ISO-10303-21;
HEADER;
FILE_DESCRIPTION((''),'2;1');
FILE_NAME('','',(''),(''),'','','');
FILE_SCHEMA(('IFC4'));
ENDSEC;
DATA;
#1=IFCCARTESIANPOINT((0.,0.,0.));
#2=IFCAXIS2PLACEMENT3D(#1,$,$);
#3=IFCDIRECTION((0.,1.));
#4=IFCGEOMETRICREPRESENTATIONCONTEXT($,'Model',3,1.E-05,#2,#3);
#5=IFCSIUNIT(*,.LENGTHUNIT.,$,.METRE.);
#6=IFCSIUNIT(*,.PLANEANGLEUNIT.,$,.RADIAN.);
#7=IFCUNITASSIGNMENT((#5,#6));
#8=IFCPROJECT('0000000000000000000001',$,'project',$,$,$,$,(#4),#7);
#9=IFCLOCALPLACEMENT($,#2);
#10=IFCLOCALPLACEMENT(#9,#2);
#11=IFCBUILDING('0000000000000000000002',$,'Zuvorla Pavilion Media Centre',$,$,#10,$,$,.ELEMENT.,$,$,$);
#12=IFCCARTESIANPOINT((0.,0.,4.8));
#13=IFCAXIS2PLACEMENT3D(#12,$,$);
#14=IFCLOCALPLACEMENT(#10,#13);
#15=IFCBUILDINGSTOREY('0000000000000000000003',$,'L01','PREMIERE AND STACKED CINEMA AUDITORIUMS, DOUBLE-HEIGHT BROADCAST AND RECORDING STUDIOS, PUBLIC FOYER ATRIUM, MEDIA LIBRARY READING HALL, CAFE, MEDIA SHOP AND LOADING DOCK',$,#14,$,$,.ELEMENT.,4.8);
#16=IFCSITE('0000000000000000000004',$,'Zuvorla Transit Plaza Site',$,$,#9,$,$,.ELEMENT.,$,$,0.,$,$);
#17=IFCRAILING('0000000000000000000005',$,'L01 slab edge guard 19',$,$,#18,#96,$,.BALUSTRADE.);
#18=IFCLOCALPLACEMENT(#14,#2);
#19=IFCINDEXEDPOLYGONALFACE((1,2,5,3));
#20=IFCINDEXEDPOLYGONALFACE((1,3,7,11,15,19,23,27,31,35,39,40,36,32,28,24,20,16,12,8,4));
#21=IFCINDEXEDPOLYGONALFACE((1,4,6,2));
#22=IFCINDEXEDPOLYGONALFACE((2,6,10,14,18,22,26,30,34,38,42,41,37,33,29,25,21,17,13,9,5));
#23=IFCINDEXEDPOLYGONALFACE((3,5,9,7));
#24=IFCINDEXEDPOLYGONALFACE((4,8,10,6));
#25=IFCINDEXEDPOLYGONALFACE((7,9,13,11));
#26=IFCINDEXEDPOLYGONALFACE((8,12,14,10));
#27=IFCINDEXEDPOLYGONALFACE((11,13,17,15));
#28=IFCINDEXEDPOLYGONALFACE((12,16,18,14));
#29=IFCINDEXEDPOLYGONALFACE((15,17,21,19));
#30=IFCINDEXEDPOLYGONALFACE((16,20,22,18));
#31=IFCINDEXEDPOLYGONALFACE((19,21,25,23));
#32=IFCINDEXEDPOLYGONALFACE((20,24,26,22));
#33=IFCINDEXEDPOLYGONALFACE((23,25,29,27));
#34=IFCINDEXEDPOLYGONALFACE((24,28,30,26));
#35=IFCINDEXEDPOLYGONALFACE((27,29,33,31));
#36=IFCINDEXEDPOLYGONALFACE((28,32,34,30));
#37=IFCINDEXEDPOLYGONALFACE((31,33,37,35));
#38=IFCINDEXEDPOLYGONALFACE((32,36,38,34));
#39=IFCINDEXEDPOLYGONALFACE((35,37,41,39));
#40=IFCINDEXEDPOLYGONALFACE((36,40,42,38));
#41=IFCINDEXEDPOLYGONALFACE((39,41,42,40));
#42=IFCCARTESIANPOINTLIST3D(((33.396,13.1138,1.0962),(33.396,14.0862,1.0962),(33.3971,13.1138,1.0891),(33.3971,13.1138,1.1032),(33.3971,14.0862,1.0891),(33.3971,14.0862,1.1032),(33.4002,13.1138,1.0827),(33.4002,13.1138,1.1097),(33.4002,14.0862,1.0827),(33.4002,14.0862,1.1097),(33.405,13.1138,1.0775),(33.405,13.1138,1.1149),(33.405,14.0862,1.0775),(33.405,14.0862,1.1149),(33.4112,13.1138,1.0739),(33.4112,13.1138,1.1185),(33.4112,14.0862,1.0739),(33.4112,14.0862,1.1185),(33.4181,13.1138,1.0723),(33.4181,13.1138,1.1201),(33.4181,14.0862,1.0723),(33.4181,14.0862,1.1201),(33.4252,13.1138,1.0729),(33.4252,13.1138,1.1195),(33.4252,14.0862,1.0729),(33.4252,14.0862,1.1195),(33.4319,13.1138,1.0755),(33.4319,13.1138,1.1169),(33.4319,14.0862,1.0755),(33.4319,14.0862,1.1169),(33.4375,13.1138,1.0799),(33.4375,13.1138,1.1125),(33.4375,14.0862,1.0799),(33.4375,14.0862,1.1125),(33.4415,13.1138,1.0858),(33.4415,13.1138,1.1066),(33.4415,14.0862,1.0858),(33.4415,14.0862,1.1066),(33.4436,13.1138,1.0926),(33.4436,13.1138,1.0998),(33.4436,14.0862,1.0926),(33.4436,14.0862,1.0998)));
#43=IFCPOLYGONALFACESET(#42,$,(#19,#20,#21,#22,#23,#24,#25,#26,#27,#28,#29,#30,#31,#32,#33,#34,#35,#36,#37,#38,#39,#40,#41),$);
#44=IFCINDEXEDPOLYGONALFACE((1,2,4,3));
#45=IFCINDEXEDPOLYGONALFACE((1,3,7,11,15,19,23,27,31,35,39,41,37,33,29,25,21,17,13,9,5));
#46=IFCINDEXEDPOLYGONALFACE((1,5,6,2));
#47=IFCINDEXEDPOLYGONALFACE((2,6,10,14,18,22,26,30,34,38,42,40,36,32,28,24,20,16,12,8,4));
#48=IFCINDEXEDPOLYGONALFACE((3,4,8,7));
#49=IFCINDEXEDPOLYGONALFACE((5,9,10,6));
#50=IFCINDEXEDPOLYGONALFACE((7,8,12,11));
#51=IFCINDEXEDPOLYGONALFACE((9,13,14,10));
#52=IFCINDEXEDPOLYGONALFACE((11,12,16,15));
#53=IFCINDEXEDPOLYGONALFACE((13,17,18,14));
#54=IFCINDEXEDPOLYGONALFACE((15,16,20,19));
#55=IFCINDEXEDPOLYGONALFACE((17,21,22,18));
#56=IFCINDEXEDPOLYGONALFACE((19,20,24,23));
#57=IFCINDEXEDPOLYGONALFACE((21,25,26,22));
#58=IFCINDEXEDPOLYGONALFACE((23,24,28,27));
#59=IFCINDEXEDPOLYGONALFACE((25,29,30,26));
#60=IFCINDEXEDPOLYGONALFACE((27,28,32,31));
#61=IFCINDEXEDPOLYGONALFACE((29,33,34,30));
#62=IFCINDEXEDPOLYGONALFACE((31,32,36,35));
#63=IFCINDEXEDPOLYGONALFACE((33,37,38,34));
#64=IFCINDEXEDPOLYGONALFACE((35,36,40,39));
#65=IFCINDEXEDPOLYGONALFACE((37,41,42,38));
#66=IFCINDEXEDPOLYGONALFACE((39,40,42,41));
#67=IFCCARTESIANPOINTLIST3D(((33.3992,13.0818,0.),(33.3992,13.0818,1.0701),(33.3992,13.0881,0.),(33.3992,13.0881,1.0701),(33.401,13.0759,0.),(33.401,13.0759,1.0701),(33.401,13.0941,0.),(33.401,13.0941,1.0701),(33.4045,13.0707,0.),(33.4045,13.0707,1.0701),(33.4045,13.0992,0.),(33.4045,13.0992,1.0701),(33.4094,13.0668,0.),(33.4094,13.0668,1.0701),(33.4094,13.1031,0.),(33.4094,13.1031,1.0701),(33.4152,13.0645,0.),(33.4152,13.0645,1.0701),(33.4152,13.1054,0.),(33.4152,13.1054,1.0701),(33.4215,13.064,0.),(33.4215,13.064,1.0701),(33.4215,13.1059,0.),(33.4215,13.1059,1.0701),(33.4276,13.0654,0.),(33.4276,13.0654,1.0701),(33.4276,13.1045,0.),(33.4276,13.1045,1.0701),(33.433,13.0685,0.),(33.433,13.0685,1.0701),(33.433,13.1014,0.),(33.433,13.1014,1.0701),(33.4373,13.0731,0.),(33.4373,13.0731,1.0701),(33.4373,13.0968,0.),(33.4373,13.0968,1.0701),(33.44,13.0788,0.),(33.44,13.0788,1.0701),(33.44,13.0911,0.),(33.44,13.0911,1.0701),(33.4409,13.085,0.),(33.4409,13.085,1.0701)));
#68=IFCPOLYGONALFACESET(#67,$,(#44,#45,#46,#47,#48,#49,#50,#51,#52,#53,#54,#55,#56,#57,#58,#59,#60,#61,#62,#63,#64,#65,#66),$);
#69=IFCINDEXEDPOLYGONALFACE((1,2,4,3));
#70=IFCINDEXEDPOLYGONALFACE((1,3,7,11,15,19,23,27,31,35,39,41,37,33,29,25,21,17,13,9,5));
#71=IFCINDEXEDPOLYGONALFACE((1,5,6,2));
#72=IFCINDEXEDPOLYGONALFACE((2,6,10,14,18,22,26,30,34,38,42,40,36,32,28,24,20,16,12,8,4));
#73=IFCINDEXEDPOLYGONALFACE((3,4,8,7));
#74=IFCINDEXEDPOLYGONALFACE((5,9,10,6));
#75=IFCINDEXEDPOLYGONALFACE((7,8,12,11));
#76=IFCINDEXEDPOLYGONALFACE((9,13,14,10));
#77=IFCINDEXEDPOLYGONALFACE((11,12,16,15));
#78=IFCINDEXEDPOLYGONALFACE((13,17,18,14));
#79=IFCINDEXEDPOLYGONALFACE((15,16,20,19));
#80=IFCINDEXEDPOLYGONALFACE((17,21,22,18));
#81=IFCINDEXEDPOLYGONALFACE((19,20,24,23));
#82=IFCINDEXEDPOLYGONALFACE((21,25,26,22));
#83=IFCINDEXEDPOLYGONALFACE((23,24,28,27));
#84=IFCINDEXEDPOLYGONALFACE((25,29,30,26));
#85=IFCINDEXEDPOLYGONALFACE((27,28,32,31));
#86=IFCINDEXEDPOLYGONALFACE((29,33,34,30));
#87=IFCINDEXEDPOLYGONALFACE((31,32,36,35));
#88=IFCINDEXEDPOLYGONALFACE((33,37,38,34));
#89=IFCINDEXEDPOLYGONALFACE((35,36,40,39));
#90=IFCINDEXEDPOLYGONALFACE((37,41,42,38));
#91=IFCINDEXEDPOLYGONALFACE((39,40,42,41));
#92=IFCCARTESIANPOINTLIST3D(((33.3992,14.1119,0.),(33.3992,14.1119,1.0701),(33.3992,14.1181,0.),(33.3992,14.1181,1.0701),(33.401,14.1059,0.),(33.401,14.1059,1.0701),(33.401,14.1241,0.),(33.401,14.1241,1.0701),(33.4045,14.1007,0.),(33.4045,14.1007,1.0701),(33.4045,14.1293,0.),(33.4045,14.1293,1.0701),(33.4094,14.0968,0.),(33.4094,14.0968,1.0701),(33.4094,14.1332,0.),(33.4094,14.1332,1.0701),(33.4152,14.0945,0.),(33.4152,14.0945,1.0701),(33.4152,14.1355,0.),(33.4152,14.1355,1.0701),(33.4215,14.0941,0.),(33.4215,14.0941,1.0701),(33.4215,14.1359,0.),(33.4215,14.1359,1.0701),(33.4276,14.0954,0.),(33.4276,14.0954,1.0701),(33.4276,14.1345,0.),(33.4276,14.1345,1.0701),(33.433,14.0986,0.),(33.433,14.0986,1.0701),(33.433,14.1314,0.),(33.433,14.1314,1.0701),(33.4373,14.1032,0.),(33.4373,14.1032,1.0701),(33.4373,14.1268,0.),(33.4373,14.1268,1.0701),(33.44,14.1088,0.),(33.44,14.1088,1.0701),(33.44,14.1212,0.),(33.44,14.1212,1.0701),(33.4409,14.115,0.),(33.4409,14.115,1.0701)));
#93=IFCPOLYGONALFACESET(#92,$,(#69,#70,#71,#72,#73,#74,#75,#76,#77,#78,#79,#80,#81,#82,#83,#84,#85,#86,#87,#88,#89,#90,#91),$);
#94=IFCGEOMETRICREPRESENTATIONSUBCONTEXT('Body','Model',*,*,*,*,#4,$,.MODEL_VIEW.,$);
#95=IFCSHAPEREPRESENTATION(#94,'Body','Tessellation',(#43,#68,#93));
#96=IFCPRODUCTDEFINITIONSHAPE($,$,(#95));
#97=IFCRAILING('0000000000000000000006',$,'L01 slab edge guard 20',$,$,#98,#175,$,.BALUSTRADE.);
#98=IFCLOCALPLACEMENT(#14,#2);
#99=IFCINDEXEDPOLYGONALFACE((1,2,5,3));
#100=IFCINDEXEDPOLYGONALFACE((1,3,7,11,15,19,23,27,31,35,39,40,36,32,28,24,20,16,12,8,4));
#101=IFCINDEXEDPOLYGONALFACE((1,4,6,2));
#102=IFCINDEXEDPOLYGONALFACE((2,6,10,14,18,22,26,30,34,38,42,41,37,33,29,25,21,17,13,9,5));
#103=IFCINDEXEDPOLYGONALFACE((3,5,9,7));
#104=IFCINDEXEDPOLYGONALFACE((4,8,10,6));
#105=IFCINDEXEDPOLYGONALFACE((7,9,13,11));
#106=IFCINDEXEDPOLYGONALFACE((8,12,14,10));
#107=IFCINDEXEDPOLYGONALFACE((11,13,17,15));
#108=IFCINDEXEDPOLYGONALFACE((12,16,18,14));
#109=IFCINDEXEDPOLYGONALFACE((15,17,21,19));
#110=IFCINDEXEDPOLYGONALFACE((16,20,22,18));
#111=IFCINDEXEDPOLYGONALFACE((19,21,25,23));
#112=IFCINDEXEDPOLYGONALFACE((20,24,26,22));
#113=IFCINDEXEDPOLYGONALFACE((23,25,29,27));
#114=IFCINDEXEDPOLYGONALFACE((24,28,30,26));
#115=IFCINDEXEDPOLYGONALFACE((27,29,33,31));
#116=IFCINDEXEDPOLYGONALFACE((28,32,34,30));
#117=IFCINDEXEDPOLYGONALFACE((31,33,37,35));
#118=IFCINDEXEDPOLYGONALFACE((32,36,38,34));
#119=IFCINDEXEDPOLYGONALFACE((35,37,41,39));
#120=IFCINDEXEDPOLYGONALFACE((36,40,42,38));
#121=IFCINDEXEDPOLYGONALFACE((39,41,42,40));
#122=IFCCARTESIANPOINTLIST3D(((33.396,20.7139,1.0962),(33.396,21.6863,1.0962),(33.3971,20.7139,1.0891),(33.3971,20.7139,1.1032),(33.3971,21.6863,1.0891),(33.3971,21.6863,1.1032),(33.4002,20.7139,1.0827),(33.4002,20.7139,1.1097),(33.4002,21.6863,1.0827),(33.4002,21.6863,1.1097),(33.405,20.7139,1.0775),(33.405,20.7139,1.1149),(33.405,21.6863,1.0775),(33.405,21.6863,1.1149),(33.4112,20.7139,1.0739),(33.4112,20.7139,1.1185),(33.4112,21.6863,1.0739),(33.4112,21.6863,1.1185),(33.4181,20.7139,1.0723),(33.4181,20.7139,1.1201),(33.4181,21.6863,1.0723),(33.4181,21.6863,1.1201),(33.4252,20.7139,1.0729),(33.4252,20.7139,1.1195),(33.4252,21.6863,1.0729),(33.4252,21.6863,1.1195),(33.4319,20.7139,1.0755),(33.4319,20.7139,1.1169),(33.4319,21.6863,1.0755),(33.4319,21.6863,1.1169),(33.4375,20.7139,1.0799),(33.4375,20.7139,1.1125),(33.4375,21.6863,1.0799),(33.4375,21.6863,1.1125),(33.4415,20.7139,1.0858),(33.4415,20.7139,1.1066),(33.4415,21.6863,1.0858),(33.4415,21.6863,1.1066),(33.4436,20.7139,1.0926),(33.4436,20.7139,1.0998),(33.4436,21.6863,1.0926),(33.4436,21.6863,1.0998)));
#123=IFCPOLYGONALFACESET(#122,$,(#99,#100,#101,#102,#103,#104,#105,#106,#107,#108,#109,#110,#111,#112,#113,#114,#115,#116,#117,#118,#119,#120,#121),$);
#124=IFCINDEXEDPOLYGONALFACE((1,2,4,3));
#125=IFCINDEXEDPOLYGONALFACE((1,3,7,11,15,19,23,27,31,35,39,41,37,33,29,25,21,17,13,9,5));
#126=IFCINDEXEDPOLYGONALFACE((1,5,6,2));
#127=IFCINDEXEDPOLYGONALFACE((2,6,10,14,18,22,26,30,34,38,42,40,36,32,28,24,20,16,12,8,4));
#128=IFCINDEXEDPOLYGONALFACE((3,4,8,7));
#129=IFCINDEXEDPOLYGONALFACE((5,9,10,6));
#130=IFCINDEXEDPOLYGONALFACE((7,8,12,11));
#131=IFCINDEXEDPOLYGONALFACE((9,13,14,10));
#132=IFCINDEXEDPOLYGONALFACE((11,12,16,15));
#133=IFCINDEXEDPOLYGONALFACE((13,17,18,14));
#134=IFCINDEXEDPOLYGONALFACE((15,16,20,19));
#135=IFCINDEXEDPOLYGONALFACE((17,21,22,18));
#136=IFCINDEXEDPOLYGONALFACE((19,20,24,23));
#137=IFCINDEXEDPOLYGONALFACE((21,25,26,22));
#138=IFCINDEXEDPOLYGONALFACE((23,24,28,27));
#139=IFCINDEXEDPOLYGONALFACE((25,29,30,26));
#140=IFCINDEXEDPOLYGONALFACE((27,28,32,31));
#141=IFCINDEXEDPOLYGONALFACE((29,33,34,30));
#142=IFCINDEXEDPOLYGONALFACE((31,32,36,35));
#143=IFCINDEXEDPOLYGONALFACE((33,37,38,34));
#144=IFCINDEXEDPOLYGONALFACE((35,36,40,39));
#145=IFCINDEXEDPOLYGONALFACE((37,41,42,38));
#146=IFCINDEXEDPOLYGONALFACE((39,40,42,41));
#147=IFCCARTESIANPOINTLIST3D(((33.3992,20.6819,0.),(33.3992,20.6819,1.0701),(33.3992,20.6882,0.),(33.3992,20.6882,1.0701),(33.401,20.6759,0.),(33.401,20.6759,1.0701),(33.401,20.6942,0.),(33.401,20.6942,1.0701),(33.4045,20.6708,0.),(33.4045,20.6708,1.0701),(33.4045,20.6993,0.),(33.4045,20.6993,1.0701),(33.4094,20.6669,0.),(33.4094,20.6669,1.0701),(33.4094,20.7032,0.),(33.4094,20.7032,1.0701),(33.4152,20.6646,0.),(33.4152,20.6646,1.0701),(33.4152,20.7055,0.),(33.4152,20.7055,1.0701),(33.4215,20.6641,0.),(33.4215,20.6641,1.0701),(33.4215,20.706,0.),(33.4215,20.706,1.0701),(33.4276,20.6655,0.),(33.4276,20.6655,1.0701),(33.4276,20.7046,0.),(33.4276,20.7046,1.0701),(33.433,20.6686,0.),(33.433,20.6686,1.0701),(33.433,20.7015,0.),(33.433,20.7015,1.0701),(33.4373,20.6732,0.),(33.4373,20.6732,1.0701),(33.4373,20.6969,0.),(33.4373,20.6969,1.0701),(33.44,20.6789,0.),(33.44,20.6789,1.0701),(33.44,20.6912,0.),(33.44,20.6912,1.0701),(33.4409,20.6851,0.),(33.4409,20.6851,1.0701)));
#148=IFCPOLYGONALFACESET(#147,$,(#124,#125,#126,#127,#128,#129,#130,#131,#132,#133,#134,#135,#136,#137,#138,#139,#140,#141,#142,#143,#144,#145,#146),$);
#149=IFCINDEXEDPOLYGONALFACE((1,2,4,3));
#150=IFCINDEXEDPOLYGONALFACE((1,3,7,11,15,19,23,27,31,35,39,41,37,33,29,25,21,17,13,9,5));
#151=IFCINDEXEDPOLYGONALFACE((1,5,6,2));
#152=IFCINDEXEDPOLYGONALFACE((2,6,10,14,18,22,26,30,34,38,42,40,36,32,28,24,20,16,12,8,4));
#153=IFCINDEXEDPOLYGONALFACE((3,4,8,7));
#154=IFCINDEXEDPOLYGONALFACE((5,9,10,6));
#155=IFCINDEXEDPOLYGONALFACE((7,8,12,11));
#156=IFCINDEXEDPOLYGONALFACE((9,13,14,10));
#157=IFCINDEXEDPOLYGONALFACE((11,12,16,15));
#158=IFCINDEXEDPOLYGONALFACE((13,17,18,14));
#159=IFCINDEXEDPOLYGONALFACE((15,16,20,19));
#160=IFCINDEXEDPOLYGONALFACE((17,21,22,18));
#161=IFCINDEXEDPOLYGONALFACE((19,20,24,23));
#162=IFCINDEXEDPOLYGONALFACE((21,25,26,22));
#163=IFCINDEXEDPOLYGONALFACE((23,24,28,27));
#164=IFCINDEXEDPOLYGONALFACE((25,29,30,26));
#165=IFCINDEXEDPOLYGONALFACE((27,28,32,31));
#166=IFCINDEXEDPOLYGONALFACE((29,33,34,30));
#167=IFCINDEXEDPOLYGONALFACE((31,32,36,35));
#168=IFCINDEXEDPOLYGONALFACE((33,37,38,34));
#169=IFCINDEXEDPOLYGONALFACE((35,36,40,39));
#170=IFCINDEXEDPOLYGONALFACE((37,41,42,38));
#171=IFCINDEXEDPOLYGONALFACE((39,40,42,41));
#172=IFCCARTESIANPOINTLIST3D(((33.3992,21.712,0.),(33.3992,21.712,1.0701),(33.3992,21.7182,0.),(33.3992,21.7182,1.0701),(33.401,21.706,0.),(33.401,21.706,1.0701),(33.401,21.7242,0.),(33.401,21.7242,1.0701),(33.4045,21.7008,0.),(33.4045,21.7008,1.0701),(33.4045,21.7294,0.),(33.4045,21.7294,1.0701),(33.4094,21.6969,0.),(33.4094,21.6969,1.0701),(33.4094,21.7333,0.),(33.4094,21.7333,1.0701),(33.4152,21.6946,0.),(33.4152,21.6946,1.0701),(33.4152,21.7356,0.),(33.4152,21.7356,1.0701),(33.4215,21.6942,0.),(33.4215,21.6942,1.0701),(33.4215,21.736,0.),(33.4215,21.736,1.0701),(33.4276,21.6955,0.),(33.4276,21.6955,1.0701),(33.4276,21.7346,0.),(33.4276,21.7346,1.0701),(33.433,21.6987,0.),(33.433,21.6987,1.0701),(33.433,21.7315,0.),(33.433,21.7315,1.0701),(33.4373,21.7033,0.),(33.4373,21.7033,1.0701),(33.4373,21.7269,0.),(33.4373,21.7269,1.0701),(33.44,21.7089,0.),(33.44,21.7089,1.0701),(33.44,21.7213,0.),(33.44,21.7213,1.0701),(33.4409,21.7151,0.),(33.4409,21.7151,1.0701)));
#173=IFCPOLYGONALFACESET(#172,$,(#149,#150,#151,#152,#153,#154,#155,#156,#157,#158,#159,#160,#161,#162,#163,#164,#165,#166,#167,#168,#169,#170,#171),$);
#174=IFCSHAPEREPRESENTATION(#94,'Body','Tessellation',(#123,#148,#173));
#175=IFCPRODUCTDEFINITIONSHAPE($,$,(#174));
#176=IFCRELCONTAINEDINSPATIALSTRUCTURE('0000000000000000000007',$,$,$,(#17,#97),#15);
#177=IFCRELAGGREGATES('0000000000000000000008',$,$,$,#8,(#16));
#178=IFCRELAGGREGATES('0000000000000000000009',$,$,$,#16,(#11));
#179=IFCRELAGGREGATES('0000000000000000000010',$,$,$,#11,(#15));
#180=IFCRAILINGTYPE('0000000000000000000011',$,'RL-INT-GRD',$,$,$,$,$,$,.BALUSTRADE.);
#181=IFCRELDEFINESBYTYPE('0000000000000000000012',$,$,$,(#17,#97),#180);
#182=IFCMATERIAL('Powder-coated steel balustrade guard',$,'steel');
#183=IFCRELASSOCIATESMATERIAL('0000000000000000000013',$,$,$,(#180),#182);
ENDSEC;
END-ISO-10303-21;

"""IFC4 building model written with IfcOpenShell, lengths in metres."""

from ifc_helpers import new_model, si_unit, direction, frame, origin, origin_2d, place, context, subcontext, project, spatial, circle, extrude, material, type_object, element, save


model = new_model("IFC4")

# Units and contexts
model_context = context("Model", 3, precision=1e-05, world=origin(), true_north=direction((0.0, 1.0)))
body_context = subcontext(model_context, "Body", "Model", "MODEL_VIEW")
ifc_project = project(units=[si_unit("LENGTHUNIT", "METRE"), si_unit("PLANEANGLEUNIT", "RADIAN")], contexts=[model_context])

# Site, building, storey
site_placement = place(None, origin())
site = spatial("IfcSite", under=ifc_project, at=site_placement, Name="Zuvorla Transit Plaza Site", CompositionType="ELEMENT", RefElevation=0.0)
building_placement = place(site_placement, origin())
building = spatial("IfcBuilding", under=site, at=building_placement, Name="Zuvorla Pavilion Media Centre", CompositionType="ELEMENT")
storey_placement = place(building_placement, frame((0.0, 0.0, 4.8)))
storey = spatial("IfcBuildingStorey", under=building, at=storey_placement, Name="L01", Description="PREMIERE AND STACKED CINEMA AUDITORIUMS, DOUBLE-HEIGHT BROADCAST AND RECORDING STUDIOS, PUBLIC FOYER ATRIUM, MEDIA LIBRARY READING HALL, CAFE, MEDIA SHOP AND LOADING DOCK", CompositionType="ELEMENT", Elevation=4.8)

# Railings
ifc_material_1 = material(Name="Powder-coated steel balustrade guard", Category="steel")
railing_type_1 = type_object("IfcRailingType", Name="RL-INT-GRD", PredefinedType="BALUSTRADE", material=ifc_material_1)
for number, where, name in (
    (1, (33.4199, 13.085, 0.0), "L01 slab edge guard 19"),
    (2, (33.4199, 20.6851, 0.0), "L01 slab edge guard 20"),
):
    element("IfcRailing", number, at=place(storey_placement, frame(where)), inside=storey, type_object=railing_type_1, Name=name, PredefinedType="BALUSTRADE", context=body_context, shape_type="SweptSolid", body=[
        extrude(circle(Radius=0.0239, at=origin_2d()), frame((0.0, 0.0288, 1.0962), z_axis=(0.0, 1.0, 0.0), x_axis=(-1.0, 0.0, 0.0)), (0.0, 0.0, 1.0), 0.9724),
        extrude(circle(Radius=0.021, at=origin_2d()), origin(), (0.0, 0.0, 1.0), 1.0701),
        extrude(circle(Radius=0.021, at=origin_2d()), frame((0.0, 1.03, 0.0)), (0.0, 0.0, 1.0), 1.0701),
    ])

save(model, "model.ifc")
